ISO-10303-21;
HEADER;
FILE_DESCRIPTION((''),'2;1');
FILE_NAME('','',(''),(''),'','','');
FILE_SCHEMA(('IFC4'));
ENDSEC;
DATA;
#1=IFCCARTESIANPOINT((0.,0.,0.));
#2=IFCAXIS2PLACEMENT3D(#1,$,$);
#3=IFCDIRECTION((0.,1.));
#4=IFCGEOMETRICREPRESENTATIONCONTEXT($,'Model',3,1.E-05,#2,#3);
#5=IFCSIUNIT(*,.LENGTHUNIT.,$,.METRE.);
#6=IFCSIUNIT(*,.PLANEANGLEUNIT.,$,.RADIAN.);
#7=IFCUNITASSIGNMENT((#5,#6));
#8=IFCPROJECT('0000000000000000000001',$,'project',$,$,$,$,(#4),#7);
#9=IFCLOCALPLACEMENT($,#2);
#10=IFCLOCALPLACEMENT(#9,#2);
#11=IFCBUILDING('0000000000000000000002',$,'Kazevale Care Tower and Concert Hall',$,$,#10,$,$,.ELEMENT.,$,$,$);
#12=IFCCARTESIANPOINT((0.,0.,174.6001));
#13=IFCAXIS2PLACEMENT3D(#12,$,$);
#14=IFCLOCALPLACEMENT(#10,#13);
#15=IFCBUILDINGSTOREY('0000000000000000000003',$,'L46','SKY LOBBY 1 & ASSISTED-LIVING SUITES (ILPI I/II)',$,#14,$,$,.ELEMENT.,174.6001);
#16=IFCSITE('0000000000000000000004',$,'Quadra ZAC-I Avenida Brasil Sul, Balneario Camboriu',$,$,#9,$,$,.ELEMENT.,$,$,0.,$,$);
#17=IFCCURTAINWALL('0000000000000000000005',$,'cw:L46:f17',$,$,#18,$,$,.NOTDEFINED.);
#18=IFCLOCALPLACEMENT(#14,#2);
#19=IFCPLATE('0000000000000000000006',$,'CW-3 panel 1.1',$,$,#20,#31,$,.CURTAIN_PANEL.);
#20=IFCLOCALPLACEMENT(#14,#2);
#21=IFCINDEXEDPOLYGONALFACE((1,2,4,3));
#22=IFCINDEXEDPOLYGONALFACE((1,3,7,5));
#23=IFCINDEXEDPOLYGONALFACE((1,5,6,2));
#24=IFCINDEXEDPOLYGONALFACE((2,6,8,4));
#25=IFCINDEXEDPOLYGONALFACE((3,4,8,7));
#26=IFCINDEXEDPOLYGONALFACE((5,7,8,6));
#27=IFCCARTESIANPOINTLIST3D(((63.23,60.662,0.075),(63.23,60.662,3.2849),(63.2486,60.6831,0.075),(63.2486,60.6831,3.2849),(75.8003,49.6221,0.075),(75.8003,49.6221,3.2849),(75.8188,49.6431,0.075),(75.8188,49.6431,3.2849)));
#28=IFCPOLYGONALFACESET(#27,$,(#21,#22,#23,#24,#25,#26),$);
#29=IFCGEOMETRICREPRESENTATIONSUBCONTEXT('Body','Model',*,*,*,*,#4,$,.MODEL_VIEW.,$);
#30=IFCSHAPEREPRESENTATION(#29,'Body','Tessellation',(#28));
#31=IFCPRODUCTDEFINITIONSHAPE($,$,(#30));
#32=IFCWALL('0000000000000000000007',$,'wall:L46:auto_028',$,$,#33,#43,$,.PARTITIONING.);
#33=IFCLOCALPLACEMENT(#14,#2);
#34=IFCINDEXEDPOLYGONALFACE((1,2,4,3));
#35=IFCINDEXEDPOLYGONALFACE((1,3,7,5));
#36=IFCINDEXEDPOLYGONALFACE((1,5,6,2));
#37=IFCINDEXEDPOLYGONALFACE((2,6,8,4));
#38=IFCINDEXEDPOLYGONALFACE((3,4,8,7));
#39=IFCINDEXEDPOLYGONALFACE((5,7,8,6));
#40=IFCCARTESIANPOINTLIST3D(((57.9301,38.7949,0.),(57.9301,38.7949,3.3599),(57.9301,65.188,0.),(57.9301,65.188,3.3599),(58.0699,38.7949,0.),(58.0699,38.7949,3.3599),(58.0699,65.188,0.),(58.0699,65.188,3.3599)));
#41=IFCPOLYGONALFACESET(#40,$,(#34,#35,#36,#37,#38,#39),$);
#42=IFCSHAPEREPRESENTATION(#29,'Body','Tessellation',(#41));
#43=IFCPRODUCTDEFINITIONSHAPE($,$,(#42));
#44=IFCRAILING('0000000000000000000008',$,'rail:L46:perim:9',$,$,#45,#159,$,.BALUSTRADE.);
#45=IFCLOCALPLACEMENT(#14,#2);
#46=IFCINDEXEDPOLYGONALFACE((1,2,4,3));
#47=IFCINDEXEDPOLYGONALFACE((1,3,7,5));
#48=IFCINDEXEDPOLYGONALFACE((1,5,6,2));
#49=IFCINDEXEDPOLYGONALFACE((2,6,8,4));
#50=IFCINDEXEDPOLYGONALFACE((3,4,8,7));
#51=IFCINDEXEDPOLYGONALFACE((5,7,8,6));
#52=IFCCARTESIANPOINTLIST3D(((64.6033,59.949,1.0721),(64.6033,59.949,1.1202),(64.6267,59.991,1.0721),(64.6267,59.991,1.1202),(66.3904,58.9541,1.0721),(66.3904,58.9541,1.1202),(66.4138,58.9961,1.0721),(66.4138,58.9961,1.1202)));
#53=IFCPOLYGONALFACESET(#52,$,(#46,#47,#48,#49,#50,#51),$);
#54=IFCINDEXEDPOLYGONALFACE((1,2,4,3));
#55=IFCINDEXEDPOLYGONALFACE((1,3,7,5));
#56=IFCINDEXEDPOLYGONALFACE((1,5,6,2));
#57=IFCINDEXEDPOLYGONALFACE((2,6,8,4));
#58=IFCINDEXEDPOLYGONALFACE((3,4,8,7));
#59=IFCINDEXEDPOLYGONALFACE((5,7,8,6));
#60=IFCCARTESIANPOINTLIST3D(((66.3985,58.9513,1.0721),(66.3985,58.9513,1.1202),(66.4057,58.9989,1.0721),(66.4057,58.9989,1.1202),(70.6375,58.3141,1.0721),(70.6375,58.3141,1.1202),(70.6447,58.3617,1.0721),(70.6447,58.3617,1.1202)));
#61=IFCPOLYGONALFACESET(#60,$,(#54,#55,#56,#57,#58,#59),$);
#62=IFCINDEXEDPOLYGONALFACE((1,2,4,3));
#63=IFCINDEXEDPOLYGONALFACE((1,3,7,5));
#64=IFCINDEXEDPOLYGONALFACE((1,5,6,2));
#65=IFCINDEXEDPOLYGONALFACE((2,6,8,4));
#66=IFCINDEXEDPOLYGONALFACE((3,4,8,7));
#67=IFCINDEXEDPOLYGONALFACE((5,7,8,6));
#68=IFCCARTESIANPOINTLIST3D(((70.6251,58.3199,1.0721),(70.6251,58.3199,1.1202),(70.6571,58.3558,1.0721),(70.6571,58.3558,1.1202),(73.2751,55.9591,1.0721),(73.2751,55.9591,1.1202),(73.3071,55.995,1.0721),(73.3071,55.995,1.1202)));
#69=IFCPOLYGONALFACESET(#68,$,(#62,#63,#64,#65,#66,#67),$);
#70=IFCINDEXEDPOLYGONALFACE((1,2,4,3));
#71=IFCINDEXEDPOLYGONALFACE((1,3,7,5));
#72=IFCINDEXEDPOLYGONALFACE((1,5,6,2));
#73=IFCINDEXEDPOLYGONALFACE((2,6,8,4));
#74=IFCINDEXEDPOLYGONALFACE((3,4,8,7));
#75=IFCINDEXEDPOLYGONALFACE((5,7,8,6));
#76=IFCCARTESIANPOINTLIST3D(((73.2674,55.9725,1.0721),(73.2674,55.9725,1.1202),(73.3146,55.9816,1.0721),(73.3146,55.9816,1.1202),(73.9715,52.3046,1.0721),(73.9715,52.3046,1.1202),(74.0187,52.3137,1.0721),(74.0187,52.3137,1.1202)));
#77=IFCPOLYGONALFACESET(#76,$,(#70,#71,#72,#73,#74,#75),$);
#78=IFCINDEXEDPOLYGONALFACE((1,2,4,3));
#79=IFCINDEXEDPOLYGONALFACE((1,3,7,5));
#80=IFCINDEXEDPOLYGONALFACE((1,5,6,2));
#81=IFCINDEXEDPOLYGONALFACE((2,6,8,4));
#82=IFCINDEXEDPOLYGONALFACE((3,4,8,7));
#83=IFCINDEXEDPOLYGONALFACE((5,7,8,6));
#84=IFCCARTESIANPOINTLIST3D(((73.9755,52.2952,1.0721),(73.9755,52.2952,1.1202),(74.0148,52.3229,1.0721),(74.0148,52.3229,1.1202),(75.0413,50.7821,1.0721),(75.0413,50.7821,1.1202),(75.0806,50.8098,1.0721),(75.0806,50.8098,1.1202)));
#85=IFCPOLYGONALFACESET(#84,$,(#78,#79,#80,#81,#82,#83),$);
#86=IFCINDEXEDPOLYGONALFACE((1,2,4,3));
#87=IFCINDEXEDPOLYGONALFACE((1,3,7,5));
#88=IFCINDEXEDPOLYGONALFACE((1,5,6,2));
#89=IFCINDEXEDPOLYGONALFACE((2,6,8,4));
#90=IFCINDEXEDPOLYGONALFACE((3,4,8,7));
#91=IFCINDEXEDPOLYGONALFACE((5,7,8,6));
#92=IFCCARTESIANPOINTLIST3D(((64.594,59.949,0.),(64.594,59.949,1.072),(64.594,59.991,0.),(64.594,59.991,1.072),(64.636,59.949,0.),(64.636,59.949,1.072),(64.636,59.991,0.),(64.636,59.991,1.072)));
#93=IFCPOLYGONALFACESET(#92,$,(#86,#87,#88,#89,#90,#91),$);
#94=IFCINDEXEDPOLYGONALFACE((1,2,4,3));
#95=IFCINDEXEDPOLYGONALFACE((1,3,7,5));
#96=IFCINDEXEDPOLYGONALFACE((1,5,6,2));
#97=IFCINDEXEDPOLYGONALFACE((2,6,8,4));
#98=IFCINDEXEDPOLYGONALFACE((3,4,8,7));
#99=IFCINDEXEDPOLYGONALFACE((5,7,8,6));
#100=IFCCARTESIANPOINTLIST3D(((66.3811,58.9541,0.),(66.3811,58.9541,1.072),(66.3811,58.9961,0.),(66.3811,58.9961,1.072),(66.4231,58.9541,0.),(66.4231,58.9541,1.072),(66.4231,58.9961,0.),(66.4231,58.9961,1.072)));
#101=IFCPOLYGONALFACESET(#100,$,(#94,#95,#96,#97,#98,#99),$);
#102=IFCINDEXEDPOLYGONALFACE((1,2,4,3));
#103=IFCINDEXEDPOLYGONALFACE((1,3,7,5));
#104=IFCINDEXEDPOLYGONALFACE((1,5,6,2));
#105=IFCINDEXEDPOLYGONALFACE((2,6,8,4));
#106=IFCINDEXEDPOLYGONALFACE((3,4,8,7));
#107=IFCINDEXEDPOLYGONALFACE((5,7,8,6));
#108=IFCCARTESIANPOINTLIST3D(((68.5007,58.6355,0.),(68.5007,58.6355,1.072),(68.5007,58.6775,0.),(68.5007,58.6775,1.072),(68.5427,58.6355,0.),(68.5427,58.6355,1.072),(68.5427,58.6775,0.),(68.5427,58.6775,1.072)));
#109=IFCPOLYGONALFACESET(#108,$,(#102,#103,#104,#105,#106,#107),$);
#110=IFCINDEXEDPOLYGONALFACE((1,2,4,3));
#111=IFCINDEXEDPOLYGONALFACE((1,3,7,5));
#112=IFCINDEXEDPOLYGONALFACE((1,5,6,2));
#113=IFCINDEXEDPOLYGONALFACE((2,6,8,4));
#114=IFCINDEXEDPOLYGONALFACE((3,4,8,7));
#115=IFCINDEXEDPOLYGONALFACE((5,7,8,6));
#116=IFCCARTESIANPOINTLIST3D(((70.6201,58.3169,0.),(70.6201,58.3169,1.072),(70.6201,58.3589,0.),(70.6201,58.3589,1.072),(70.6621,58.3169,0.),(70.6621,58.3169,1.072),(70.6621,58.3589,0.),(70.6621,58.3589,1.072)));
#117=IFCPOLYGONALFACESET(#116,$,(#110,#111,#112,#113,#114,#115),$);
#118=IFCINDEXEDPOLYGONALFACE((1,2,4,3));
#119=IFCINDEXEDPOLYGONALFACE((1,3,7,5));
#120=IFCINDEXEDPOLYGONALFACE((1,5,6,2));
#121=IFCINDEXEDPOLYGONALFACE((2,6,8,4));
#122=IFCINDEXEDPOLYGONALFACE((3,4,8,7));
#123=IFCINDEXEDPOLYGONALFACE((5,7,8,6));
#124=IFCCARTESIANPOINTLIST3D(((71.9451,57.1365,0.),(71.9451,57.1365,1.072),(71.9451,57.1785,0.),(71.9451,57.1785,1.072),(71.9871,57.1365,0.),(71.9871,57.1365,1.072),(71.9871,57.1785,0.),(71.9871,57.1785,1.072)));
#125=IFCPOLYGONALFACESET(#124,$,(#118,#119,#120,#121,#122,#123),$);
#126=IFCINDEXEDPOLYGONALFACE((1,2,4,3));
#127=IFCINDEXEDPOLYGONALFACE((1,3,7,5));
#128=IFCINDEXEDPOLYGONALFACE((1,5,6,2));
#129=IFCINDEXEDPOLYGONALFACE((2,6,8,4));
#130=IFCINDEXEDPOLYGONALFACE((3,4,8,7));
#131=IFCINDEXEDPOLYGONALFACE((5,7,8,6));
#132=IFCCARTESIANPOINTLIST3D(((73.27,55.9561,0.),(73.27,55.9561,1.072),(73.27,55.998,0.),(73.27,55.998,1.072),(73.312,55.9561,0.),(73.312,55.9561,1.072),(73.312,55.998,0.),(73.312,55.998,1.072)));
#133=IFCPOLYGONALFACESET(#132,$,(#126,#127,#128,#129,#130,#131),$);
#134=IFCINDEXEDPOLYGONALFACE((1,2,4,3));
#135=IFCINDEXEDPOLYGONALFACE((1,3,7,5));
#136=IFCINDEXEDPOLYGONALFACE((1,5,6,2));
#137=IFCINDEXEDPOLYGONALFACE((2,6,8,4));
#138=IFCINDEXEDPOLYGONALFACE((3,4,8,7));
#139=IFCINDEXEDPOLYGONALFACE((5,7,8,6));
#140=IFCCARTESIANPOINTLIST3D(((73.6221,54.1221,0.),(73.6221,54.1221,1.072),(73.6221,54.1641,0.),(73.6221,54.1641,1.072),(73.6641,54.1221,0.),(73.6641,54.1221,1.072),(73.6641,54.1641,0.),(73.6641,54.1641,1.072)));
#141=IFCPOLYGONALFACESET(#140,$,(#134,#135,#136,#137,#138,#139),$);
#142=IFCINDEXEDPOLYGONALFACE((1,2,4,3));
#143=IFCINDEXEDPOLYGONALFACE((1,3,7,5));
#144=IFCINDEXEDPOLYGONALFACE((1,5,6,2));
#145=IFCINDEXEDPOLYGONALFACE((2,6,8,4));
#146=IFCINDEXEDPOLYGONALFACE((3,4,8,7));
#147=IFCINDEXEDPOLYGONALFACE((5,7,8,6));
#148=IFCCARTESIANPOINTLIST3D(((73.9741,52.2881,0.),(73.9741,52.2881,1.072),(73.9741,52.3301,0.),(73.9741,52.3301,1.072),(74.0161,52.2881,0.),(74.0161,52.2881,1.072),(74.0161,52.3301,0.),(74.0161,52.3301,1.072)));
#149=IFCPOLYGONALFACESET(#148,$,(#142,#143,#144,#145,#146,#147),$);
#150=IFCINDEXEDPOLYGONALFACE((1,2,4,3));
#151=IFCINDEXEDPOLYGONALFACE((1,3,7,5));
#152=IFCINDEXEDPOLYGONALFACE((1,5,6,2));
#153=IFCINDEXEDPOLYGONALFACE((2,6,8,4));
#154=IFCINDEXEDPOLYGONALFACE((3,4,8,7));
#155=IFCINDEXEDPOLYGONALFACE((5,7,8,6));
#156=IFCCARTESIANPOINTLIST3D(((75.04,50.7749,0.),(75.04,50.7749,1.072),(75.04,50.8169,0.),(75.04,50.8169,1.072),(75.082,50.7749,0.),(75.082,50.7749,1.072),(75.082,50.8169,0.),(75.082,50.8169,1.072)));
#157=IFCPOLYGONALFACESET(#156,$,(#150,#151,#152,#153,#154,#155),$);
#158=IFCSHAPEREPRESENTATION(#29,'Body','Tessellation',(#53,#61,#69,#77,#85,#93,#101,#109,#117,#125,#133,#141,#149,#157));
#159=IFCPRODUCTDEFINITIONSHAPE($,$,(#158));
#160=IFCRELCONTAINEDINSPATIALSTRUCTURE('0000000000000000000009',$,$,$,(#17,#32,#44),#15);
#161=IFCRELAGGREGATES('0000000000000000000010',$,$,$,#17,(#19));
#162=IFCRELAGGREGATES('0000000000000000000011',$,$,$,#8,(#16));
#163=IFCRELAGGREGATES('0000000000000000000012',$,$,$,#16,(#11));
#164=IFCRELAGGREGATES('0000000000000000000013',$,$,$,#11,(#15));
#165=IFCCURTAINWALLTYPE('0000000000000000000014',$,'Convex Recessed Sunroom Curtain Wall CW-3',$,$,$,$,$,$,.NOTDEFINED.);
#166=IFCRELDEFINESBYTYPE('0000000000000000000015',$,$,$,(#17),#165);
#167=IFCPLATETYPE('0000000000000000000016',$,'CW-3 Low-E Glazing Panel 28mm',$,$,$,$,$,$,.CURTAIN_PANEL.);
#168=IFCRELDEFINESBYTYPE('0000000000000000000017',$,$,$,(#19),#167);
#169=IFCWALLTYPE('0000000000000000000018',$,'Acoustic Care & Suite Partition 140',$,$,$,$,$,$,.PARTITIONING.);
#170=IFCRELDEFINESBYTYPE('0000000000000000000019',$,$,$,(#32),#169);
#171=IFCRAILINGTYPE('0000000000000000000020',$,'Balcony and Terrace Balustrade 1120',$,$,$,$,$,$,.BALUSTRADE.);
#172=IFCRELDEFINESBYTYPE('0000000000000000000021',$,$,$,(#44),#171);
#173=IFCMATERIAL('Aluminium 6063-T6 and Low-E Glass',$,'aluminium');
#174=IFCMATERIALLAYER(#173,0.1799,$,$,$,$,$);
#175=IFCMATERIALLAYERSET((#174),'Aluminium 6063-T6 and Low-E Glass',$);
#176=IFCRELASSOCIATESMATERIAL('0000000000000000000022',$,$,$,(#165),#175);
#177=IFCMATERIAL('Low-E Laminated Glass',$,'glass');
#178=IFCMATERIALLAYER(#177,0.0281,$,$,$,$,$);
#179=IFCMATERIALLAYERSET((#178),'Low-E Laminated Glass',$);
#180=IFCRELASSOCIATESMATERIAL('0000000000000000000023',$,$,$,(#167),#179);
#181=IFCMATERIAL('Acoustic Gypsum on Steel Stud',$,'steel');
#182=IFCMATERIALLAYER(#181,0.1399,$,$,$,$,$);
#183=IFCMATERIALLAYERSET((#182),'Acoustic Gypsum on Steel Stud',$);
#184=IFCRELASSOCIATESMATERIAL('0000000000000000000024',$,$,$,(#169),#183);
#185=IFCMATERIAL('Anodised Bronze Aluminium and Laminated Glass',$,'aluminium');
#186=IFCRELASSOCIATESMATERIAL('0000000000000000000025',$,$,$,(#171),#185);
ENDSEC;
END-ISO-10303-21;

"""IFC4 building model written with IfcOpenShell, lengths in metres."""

from ifc_helpers import new_model, si_unit, direction, frame, frame_2d, origin, origin_2d, place, context, subcontext, project, spatial, rectangle, extrude, material, layer, layer_set, type_object, element, aggregate, save


model = new_model("IFC4")

# Units and contexts
model_context = context("Model", 3, precision=1e-05, world=origin(), true_north=direction((0.0, 1.0)))
body_context = subcontext(model_context, "Body", "Model", "MODEL_VIEW")
ifc_project = project(units=[si_unit("LENGTHUNIT", "METRE"), si_unit("PLANEANGLEUNIT", "RADIAN")], contexts=[model_context])

# Site, building, storey
site_placement = place(None, origin())
site = spatial("IfcSite", under=ifc_project, at=site_placement, Name="Quadra ZAC-I Avenida Brasil Sul, Balneario Camboriu", CompositionType="ELEMENT", RefElevation=0.0)
building_placement = place(site_placement, origin())
building = spatial("IfcBuilding", under=site, at=building_placement, Name="Kazevale Care Tower and Concert Hall", CompositionType="ELEMENT")
storey_placement = place(building_placement, frame((0.0, 0.0, 174.6001)))
storey = spatial("IfcBuildingStorey", under=building, at=storey_placement, Name="L46", Description="SKY LOBBY 1 & ASSISTED-LIVING SUITES (ILPI I/II)", CompositionType="ELEMENT", Elevation=174.6001)

# Shared definitions
ifc_material_1 = material(Name="Aluminium 6063-T6 and Low-E Glass", Category="aluminium")

# Curtain wall
ifc_layer_1 = layer(ifc_material_1, 0.1799)
ifc_layer_set_1 = layer_set([ifc_layer_1], Name="Aluminium 6063-T6 and Low-E Glass")
curtain_wall_type_1 = type_object("IfcCurtainWallType", Name="Convex Recessed Sunroom Curtain Wall CW-3", PredefinedType="NOTDEFINED", material=ifc_layer_set_1)
curtain_wall_1_placement = place(storey_placement, origin())
curtain_wall_1 = element("IfcCurtainWall", 1, at=curtain_wall_1_placement, inside=storey, type_object=curtain_wall_type_1, Name="cw:L46:f17", PredefinedType="NOTDEFINED")

# Plate
ifc_material_2 = material(Name="Low-E Laminated Glass", Category="glass")
ifc_layer_2 = layer(ifc_material_2, 0.0281)
ifc_layer_set_2 = layer_set([ifc_layer_2], Name="Low-E Laminated Glass")
plate_type = type_object("IfcPlateType", Name="CW-3 Low-E Glazing Panel 28mm", PredefinedType="CURTAIN_PANEL", material=ifc_layer_set_2)
plate_placement = place(storey_placement, frame((69.5244, 55.1526, 0.075), z_axis=(0.0, 0.0, 1.0), x_axis=(0.751361, -0.659892, 0.0)))
plate = element("IfcPlate", 2, at=plate_placement, type_object=plate_type, Name="CW-3 panel 1.1", PredefinedType="CURTAIN_PANEL", context=body_context, shape_type="SweptSolid", body=[
    extrude(rectangle(XDim=16.73, YDim=0.0281, at=origin_2d()), origin(), (0.0, 0.0, 1.0), 3.21),
])
aggregate(curtain_wall_1, [plate])

# Wall
ifc_material_3 = material(Name="Acoustic Gypsum on Steel Stud", Category="steel")
ifc_layer_3 = layer(ifc_material_3, 0.1399)
ifc_layer_set_3 = layer_set([ifc_layer_3], Name="Acoustic Gypsum on Steel Stud")
wall_type = type_object("IfcWallType", Name="Acoustic Care & Suite Partition 140", PredefinedType="PARTITIONING", material=ifc_layer_set_3)
wall_placement = place(storey_placement, frame((58.0, 65.188, 0.0), z_axis=(0.0, 0.0, 1.0), x_axis=(0.0, -1.0, 0.0)))
element("IfcWall", 3, at=wall_placement, inside=storey, type_object=wall_type, Name="wall:L46:auto_028", PredefinedType="PARTITIONING", context=body_context, shape_type="SweptSolid", body=[
    extrude(rectangle(XDim=26.3931, YDim=0.1399, at=frame_2d((13.1965, 0.0))), origin(), (0.0, 0.0, 1.0), 3.3599),
])

# Railing
ifc_material_4 = material(Name="Anodised Bronze Aluminium and Laminated Glass", Category="aluminium")
railing_type = type_object("IfcRailingType", Name="Balcony and Terrace Balustrade 1120", PredefinedType="BALUSTRADE", material=ifc_material_4)
railing_1_placement = place(storey_placement, frame((64.615, 59.97, 0.0)))
element("IfcRailing", 4, at=railing_1_placement, inside=storey, type_object=railing_type, Name="rail:L46:perim:9", PredefinedType="BALUSTRADE", context=body_context, shape_type="SweptSolid", body=[
    extrude(rectangle(XDim=0.0481, YDim=0.0481, at=origin_2d()), frame((0.0, 0.0, 1.0962), z_axis=(0.873735, -0.486403, 0.0), x_axis=(0.486403, 0.873735, 0.0)), (0.0, 0.0, 1.0), 2.0454),
    extrude(rectangle(XDim=0.0481, YDim=0.0481, at=origin_2d()), frame((1.7871, -0.9949, 1.0962), z_axis=(0.98889, -0.14865, 0.0), x_axis=(0.14865, 0.98889, 0.0)), (0.0, 0.0, 1.0), 4.2866),
    extrude(rectangle(XDim=0.0481, YDim=0.0481, at=origin_2d()), frame((6.0261, -1.6321, 1.0962), z_axis=(0.746657, -0.665209, 0.0), x_axis=(0.665209, 0.746657, 0.0)), (0.0, 0.0, 1.0), 3.5491),
    extrude(rectangle(XDim=0.0481, YDim=0.0481, at=origin_2d()), frame((8.676, -3.9929, 1.0962), z_axis=(0.188518, -0.98207, 0.0), x_axis=(0.98207, 0.188518, 0.0)), (0.0, 0.0, 1.0), 3.7349),
    extrude(rectangle(XDim=0.0481, YDim=0.0481, at=origin_2d()), frame((9.3801, -7.6609, 1.0962), z_axis=(0.575885, -0.81753, 0.0), x_axis=(0.81753, 0.575885, 0.0)), (0.0, 0.0, 1.0), 1.8508),
    extrude(rectangle(XDim=0.042, YDim=0.042, at=origin_2d()), origin(), (0.0, 0.0, 1.0), 1.072),
    extrude(rectangle(XDim=0.042, YDim=0.042, at=origin_2d()), frame((1.7871, -0.9949, 0.0)), (0.0, 0.0, 1.0), 1.072),
    extrude(rectangle(XDim=0.042, YDim=0.042, at=origin_2d()), frame((3.9067, -1.3135, 0.0)), (0.0, 0.0, 1.0), 1.072),
    extrude(rectangle(XDim=0.042, YDim=0.042, at=origin_2d()), frame((6.0261, -1.6321, 0.0)), (0.0, 0.0, 1.0), 1.072),
    extrude(rectangle(XDim=0.042, YDim=0.042, at=origin_2d()), frame((7.3511, -2.8125, 0.0)), (0.0, 0.0, 1.0), 1.072),
    extrude(rectangle(XDim=0.042, YDim=0.042, at=origin_2d()), frame((8.676, -3.9929, 0.0)), (0.0, 0.0, 1.0), 1.072),
    extrude(rectangle(XDim=0.042, YDim=0.042, at=origin_2d()), frame((9.0281, -5.8269, 0.0)), (0.0, 0.0, 1.0), 1.072),
    extrude(rectangle(XDim=0.042, YDim=0.042, at=origin_2d()), frame((9.3801, -7.6609, 0.0)), (0.0, 0.0, 1.0), 1.072),
    extrude(rectangle(XDim=0.042, YDim=0.042, at=origin_2d()), frame((10.446, -9.1741, 0.0)), (0.0, 0.0, 1.0), 1.072),
])

save(model, "model.ifc")
